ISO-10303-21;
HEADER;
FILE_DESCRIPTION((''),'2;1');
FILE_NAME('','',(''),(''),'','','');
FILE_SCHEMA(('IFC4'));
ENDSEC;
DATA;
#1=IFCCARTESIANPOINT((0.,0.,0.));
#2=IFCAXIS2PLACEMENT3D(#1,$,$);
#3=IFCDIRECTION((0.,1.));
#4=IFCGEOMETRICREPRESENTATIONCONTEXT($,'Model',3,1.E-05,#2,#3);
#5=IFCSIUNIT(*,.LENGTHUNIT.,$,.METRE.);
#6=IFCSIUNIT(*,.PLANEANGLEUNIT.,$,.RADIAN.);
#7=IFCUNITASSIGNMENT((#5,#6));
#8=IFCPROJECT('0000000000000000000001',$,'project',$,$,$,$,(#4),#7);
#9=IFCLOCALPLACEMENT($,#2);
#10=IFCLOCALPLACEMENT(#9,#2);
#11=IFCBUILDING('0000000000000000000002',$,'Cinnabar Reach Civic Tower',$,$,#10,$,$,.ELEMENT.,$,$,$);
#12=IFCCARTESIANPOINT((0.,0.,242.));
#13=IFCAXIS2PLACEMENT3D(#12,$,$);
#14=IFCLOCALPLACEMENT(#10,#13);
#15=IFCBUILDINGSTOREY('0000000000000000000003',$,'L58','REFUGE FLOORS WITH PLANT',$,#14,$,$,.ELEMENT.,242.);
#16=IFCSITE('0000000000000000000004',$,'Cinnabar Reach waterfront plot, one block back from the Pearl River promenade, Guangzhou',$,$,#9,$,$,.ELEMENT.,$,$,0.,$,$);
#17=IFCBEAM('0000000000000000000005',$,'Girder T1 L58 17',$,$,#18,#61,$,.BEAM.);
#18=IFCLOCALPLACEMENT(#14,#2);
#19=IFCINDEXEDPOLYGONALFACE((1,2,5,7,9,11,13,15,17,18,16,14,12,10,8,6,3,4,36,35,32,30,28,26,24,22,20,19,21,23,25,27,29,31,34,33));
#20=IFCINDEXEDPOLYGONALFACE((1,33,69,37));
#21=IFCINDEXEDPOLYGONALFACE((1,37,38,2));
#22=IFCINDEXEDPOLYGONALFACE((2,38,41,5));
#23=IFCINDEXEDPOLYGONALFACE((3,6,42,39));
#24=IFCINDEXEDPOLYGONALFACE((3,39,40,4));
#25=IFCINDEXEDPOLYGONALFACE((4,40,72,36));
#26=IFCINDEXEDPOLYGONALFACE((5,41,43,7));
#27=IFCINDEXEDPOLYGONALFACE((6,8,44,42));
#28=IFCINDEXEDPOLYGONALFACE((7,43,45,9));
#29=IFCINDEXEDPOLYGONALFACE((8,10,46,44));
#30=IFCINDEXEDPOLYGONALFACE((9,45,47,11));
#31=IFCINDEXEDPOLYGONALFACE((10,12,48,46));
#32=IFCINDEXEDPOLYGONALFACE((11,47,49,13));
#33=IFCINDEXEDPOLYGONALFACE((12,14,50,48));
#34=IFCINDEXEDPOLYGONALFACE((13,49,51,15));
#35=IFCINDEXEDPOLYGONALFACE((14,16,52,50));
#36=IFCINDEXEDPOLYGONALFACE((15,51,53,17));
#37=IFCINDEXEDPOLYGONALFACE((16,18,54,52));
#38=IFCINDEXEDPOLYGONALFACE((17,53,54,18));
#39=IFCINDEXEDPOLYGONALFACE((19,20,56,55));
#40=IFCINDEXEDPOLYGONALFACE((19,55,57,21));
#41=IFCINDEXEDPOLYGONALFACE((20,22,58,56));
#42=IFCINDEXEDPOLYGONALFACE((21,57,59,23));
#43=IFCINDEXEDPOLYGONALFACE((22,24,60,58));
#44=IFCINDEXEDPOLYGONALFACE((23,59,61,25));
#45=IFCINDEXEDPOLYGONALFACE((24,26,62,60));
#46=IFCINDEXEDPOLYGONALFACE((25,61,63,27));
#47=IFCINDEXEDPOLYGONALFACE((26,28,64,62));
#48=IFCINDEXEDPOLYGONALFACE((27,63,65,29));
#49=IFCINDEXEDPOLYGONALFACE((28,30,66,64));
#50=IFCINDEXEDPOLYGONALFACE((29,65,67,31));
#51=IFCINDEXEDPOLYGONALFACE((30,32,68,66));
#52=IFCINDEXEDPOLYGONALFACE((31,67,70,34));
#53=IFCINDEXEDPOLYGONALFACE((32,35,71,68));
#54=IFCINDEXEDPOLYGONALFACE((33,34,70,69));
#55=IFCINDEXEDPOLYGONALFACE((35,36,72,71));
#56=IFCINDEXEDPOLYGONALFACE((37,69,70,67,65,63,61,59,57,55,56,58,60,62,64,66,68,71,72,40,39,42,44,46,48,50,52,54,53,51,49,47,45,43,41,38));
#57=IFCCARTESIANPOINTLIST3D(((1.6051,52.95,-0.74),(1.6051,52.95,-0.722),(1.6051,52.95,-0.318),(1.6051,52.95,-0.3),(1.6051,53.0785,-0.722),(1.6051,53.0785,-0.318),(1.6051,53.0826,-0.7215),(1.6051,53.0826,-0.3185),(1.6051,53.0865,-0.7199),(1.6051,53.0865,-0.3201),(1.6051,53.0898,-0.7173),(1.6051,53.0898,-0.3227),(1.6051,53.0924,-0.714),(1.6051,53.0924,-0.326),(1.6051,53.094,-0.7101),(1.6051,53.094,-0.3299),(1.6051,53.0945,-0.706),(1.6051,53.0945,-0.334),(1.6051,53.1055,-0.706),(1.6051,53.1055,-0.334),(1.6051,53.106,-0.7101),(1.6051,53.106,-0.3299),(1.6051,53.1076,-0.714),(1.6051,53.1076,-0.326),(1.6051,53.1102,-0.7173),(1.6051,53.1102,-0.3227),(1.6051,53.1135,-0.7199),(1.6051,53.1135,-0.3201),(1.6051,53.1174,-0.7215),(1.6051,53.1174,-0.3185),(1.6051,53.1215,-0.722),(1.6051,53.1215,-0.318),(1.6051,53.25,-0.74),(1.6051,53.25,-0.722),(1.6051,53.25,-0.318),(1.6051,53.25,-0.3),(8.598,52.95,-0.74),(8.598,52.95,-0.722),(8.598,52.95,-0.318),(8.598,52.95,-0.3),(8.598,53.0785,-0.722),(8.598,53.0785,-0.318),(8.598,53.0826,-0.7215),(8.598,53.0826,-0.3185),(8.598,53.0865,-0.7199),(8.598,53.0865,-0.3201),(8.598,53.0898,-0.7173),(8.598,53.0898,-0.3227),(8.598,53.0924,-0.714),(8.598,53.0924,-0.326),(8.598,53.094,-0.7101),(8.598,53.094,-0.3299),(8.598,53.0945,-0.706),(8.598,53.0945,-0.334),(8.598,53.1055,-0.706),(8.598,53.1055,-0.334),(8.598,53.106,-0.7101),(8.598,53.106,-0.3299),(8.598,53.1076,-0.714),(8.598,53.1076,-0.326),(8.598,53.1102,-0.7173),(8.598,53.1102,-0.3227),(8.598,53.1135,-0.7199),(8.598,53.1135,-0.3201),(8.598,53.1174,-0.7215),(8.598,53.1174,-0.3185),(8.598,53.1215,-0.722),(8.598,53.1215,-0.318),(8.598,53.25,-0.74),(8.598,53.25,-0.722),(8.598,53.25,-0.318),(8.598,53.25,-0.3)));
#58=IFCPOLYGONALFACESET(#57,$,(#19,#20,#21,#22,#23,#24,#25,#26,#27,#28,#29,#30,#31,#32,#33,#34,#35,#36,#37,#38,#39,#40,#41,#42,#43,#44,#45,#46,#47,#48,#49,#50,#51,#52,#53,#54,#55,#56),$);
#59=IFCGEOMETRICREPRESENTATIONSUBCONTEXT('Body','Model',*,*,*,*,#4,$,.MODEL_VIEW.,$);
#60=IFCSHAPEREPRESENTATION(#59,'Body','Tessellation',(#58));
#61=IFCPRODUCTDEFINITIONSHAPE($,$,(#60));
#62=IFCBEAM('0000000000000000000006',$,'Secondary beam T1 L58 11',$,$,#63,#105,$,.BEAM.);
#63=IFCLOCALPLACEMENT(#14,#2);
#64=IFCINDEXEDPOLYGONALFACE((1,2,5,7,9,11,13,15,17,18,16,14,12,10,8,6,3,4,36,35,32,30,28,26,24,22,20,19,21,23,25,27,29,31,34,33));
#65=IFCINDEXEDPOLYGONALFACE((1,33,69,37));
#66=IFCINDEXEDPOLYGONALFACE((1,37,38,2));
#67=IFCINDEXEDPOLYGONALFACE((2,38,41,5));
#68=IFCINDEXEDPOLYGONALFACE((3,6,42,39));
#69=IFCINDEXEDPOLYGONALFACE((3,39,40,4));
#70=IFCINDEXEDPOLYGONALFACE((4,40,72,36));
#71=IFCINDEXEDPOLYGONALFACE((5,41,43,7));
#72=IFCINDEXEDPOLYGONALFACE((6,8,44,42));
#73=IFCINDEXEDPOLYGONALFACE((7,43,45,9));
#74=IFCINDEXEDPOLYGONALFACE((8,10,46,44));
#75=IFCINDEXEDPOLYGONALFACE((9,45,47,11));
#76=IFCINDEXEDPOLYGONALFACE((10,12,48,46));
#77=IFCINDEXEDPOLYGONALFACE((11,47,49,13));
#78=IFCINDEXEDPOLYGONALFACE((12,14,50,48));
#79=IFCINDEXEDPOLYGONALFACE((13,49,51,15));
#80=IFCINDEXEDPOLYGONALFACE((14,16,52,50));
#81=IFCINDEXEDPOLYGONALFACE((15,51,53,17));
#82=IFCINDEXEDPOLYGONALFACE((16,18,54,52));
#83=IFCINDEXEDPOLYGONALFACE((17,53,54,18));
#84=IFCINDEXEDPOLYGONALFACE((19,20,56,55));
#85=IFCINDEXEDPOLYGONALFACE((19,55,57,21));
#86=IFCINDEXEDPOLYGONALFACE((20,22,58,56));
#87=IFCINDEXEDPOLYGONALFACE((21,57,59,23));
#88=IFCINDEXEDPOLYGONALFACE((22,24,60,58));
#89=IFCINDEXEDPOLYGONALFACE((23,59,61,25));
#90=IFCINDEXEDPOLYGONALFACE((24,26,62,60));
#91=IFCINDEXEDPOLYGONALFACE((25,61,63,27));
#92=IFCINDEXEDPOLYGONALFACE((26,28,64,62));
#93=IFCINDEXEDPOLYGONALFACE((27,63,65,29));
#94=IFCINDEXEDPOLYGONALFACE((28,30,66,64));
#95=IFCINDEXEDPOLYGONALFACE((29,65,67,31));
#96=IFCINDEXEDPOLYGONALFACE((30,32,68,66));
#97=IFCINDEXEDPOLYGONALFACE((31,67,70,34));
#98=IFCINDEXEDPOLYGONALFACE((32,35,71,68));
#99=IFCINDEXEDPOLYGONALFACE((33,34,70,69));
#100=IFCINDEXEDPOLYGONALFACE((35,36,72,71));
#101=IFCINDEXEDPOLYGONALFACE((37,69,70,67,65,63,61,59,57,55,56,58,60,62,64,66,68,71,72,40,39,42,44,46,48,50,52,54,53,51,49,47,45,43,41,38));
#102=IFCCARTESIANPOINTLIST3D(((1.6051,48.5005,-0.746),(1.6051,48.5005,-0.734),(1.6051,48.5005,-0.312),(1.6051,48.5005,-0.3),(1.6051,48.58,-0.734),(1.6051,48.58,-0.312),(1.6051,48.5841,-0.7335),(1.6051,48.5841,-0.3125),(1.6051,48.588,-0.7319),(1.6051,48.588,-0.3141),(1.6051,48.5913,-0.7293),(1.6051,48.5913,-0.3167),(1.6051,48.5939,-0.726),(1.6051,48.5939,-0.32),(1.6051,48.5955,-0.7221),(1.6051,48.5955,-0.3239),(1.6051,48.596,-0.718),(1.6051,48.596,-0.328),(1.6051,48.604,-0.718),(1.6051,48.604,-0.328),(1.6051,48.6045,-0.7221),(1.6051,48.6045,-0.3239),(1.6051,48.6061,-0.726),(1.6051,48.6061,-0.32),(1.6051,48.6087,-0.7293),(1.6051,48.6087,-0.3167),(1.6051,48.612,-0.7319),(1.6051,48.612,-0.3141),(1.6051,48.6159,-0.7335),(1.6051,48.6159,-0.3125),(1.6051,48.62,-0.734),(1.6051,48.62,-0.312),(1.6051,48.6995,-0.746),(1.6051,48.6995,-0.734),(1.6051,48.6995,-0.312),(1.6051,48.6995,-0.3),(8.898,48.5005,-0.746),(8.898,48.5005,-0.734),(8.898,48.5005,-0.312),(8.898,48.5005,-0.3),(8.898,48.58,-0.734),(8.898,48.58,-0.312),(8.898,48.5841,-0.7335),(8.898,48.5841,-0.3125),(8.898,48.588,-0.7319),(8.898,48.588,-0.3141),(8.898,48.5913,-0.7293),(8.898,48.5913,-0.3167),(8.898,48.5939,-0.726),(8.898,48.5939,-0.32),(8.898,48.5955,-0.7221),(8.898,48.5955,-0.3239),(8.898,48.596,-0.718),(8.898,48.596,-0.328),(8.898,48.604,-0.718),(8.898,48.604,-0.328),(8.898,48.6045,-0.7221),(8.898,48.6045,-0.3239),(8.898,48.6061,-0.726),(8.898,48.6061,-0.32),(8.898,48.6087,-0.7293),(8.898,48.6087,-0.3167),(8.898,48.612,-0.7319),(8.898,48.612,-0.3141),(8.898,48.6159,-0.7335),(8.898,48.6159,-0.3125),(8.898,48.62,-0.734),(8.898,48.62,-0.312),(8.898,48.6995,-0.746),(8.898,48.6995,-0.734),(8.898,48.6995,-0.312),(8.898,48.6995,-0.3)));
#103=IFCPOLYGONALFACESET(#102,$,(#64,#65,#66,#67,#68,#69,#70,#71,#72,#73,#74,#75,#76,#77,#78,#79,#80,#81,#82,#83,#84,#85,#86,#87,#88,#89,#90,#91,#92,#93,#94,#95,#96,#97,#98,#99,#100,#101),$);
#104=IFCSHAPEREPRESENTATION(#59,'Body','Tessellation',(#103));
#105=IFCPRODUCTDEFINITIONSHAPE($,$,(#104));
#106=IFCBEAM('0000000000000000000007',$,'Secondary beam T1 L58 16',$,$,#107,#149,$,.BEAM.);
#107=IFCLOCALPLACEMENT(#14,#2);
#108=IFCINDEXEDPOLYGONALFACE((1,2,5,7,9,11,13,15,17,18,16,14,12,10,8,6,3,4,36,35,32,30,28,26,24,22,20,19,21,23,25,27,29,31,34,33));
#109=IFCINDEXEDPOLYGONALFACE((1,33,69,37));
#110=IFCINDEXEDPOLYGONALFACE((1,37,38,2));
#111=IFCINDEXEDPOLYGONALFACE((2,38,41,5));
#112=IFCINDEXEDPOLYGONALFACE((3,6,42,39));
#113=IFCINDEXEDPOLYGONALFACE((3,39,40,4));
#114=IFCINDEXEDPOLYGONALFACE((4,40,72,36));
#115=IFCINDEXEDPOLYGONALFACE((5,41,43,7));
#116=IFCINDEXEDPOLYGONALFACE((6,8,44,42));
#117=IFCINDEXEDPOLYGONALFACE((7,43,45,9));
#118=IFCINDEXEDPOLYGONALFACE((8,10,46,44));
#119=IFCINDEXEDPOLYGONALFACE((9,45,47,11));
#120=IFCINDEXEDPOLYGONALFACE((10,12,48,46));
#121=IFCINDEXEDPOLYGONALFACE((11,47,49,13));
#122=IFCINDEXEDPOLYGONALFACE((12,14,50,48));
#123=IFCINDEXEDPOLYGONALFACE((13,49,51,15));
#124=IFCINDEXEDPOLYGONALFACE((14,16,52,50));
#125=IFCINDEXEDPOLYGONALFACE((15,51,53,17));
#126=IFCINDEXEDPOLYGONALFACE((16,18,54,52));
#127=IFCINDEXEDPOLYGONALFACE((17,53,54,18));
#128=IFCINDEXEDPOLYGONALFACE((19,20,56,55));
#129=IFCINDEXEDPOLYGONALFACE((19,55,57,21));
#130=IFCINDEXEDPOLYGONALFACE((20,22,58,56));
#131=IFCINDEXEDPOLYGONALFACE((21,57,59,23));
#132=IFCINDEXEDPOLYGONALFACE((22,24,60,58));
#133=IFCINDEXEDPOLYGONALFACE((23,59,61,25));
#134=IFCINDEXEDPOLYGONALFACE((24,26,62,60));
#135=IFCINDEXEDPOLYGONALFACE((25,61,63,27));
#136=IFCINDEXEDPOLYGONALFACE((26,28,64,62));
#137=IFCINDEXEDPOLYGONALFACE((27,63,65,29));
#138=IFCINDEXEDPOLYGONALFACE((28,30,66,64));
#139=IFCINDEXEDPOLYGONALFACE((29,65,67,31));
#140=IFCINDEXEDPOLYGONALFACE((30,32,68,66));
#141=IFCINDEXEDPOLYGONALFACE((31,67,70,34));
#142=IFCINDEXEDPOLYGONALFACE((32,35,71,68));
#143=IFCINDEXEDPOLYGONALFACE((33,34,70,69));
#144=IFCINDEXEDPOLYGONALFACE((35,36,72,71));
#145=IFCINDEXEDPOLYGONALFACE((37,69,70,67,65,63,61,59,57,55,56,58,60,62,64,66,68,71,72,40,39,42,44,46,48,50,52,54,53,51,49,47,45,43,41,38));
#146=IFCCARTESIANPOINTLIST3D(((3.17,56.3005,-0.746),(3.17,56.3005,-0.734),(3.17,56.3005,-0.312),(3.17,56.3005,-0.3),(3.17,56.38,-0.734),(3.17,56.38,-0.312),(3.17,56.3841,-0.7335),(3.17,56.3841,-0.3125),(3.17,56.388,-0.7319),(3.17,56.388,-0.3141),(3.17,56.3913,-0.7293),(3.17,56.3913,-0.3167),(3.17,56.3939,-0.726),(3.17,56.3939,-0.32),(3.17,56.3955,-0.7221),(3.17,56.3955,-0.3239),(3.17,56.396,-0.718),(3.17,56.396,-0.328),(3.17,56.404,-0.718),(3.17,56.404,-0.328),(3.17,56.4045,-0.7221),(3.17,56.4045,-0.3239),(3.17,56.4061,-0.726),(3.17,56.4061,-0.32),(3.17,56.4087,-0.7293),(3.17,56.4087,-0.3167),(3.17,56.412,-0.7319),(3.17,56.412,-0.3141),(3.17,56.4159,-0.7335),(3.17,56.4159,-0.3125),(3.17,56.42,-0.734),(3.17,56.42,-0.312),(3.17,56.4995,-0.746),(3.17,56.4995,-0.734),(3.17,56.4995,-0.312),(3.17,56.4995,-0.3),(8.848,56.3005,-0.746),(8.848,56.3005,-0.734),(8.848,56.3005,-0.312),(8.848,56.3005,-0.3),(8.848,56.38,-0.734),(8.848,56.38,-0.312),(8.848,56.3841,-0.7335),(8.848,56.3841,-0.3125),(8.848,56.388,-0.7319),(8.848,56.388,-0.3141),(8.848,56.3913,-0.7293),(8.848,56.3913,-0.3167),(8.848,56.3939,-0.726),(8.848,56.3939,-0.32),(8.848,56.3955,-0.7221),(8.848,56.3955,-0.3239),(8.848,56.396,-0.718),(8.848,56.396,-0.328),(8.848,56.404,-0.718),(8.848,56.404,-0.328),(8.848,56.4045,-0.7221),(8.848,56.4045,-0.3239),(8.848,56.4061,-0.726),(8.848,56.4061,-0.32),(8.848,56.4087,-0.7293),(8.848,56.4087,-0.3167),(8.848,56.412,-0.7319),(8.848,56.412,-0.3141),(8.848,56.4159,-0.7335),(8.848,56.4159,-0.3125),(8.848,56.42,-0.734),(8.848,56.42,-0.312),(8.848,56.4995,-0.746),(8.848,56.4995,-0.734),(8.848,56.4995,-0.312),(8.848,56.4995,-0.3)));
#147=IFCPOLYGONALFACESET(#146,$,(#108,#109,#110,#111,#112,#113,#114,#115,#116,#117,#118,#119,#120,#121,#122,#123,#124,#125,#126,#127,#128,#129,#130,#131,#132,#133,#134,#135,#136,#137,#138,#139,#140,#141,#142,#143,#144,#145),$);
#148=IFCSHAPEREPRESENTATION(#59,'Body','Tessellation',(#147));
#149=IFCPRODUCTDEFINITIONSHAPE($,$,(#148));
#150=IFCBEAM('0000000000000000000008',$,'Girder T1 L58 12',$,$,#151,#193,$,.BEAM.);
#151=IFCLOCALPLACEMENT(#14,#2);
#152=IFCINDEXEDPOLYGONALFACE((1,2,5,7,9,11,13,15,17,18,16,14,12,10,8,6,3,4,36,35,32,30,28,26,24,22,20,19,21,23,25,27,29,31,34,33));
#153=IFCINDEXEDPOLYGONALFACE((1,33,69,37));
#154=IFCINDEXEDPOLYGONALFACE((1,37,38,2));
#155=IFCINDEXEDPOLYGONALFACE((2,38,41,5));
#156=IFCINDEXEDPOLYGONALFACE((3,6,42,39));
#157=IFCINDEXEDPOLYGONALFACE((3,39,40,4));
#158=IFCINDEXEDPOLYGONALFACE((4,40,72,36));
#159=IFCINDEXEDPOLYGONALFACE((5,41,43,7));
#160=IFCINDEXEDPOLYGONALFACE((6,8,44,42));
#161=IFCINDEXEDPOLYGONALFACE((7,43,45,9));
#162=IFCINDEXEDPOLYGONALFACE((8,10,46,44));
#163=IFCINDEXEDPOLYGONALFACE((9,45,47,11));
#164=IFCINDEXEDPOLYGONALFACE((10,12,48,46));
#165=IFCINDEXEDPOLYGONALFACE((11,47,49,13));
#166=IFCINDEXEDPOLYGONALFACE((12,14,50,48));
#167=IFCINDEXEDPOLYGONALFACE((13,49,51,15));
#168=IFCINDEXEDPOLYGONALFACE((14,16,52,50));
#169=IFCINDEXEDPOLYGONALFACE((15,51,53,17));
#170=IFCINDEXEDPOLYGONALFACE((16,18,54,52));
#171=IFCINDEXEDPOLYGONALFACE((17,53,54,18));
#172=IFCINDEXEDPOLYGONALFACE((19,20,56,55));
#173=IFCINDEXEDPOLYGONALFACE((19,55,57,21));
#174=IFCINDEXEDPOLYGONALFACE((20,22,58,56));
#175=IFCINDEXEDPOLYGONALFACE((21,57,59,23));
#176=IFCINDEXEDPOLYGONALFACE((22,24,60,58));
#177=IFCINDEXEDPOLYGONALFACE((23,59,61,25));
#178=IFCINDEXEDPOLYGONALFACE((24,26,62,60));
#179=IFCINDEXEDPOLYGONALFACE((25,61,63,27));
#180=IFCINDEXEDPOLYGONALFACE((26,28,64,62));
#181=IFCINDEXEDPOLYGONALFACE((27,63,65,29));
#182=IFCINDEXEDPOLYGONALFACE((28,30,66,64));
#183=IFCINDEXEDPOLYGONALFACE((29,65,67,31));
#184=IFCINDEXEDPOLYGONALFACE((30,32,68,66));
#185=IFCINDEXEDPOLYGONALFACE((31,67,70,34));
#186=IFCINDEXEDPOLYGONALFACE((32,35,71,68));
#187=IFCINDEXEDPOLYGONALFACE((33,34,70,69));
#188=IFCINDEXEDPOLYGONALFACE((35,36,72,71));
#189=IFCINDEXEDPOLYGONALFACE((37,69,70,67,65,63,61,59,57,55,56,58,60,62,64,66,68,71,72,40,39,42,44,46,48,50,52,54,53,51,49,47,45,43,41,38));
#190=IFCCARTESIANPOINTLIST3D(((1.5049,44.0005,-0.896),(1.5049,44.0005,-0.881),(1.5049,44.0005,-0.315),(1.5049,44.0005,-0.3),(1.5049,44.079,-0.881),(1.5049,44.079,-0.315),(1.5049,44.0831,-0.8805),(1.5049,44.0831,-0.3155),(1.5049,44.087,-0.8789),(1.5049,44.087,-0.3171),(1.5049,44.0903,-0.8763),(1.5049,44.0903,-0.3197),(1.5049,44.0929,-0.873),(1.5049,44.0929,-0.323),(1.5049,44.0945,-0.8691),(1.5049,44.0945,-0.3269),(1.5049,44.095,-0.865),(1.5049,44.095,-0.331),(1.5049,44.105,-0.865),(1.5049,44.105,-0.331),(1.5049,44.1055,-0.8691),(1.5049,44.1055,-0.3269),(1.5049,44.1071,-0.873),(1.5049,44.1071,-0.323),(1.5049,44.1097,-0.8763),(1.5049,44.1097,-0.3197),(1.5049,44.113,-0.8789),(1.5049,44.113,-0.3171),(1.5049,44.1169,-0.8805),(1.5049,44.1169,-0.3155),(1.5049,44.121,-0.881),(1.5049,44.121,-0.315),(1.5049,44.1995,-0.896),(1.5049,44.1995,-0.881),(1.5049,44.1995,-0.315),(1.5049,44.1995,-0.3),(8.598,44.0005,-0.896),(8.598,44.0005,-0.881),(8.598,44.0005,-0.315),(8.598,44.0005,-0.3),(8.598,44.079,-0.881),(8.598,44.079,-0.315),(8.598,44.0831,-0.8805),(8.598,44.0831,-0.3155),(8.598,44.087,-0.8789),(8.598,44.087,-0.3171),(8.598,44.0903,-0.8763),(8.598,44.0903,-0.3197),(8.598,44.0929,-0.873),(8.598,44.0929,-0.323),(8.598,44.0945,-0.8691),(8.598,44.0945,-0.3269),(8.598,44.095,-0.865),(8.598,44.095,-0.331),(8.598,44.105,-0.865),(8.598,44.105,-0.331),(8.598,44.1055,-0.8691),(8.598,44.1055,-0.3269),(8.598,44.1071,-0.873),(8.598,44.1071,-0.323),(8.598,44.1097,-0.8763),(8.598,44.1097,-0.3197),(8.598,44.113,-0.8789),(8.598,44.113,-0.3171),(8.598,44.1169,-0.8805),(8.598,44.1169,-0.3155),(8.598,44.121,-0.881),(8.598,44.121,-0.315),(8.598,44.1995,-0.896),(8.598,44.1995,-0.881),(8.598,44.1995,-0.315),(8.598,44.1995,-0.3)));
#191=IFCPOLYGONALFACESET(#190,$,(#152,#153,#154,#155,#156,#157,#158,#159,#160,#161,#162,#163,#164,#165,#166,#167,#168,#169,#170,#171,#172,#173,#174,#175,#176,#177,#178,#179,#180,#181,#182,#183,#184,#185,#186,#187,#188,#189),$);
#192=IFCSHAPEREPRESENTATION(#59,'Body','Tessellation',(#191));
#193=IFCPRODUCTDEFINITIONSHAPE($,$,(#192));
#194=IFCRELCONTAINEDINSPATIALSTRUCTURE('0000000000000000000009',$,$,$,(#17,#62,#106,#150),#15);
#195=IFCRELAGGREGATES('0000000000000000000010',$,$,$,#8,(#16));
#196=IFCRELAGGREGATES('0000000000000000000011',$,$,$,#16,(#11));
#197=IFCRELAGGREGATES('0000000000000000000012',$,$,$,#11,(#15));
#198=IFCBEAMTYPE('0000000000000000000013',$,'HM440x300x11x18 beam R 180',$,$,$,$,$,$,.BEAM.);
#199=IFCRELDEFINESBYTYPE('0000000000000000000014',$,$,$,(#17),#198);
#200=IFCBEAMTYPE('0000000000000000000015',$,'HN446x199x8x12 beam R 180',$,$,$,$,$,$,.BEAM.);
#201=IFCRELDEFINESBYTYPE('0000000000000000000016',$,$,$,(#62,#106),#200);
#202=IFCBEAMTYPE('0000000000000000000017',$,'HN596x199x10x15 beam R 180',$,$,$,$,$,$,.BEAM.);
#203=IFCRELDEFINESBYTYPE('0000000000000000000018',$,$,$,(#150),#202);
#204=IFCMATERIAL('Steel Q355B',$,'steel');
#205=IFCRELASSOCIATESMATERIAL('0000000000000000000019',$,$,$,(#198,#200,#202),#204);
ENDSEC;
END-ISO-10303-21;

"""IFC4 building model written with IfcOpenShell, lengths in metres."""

from ifc_helpers import new_model, si_unit, direction, frame, origin, origin_2d, place, context, subcontext, project, spatial, i_section, extrude, material, material_profile, profile_set, type_object, element, save


model = new_model("IFC4")

# Units and contexts
model_context = context("Model", 3, precision=1e-05, world=origin(), true_north=direction((0.0, 1.0)))
body_context = subcontext(model_context, "Body", "Model", "MODEL_VIEW")
ifc_project = project(units=[si_unit("LENGTHUNIT", "METRE"), si_unit("PLANEANGLEUNIT", "RADIAN")], contexts=[model_context])

# Site, building, storey
site_placement = place(None, origin())
site = spatial("IfcSite", under=ifc_project, at=site_placement, Name="Cinnabar Reach waterfront plot, one block back from the Pearl River promenade, Guangzhou", CompositionType="ELEMENT", RefElevation=0.0)
building_placement = place(site_placement, origin())
building = spatial("IfcBuilding", under=site, at=building_placement, Name="Cinnabar Reach Civic Tower", CompositionType="ELEMENT")
storey_placement = place(building_placement, frame((0.0, 0.0, 242.0)))
storey = spatial("IfcBuildingStorey", under=building, at=storey_placement, Name="L58", Description="REFUGE FLOORS WITH PLANT", CompositionType="ELEMENT", Elevation=242.0)

# Beams
ifc_material_1 = material(Name="Steel Q355B", Category="steel")
ifc_material_profile_1 = material_profile(ifc_material_1, i_section(OverallWidth=0.3, OverallDepth=0.44, WebThickness=0.011, FlangeThickness=0.018, FilletRadius=0.016, at=origin_2d()), Name="HM440x300x11x18")
ifc_profile_set_1 = profile_set([ifc_material_profile_1], Name="Steel Q355B")
beam_type_1 = type_object("IfcBeamType", Name="HM440x300x11x18 beam R 180", PredefinedType="BEAM", material=ifc_profile_set_1)
beam_1_placement = place(storey_placement, frame((1.6051, 53.1, -0.52), z_axis=(1.0, 0.0, 0.0), x_axis=(0.0, 1.0, 0.0)))
element("IfcBeam", 1, at=beam_1_placement, inside=storey, type_object=beam_type_1, Name="Girder T1 L58 17", PredefinedType="BEAM", context=body_context, shape_type="SweptSolid", body=[
    extrude(i_section(OverallWidth=0.3, OverallDepth=0.44, WebThickness=0.011, FlangeThickness=0.018, FilletRadius=0.016, at=origin_2d()), origin(), (0.0, 0.0, 1.0), 6.9929),
])
ifc_material_profile_2 = material_profile(ifc_material_1, i_section(OverallWidth=0.199, OverallDepth=0.446, WebThickness=0.008, FlangeThickness=0.012, FilletRadius=0.016, at=origin_2d()), Name="HN446x199x8x12")
ifc_profile_set_2 = profile_set([ifc_material_profile_2], Name="Steel Q355B")
beam_type_2 = type_object("IfcBeamType", Name="HN446x199x8x12 beam R 180", PredefinedType="BEAM", material=ifc_profile_set_2)
beam_2_placement = place(storey_placement, frame((1.6051, 48.6, -0.523), z_axis=(1.0, 0.0, 0.0), x_axis=(0.0, 1.0, 0.0)))
element("IfcBeam", 2, at=beam_2_placement, inside=storey, type_object=beam_type_2, Name="Secondary beam T1 L58 11", PredefinedType="BEAM", context=body_context, shape_type="SweptSolid", body=[
    extrude(i_section(OverallWidth=0.199, OverallDepth=0.446, WebThickness=0.008, FlangeThickness=0.012, FilletRadius=0.016, at=origin_2d()), origin(), (0.0, 0.0, 1.0), 7.2929),
])
beam_3_placement = place(storey_placement, frame((3.17, 56.4, -0.523), z_axis=(1.0, 0.0, 0.0), x_axis=(0.0, 1.0, 0.0)))
element("IfcBeam", 3, at=beam_3_placement, inside=storey, type_object=beam_type_2, Name="Secondary beam T1 L58 16", PredefinedType="BEAM", context=body_context, shape_type="SweptSolid", body=[
    extrude(i_section(OverallWidth=0.199, OverallDepth=0.446, WebThickness=0.008, FlangeThickness=0.012, FilletRadius=0.016, at=origin_2d()), origin(), (0.0, 0.0, 1.0), 5.678),
])
ifc_material_profile_3 = material_profile(ifc_material_1, i_section(OverallWidth=0.199, OverallDepth=0.596, WebThickness=0.01, FlangeThickness=0.015, FilletRadius=0.016, at=origin_2d()), Name="HN596x199x10x15")
ifc_profile_set_3 = profile_set([ifc_material_profile_3], Name="Steel Q355B")
beam_type_3 = type_object("IfcBeamType", Name="HN596x199x10x15 beam R 180", PredefinedType="BEAM", material=ifc_profile_set_3)
beam_4_placement = place(storey_placement, frame((1.5049, 44.1, -0.598), z_axis=(1.0, 0.0, 0.0), x_axis=(0.0, 1.0, 0.0)))
element("IfcBeam", 4, at=beam_4_placement, inside=storey, type_object=beam_type_3, Name="Girder T1 L58 12", PredefinedType="BEAM", context=body_context, shape_type="SweptSolid", body=[
    extrude(i_section(OverallWidth=0.199, OverallDepth=0.596, WebThickness=0.01, FlangeThickness=0.015, FilletRadius=0.016, at=origin_2d()), origin(), (0.0, 0.0, 1.0), 7.0931),
])

save(model, "model.ifc")
